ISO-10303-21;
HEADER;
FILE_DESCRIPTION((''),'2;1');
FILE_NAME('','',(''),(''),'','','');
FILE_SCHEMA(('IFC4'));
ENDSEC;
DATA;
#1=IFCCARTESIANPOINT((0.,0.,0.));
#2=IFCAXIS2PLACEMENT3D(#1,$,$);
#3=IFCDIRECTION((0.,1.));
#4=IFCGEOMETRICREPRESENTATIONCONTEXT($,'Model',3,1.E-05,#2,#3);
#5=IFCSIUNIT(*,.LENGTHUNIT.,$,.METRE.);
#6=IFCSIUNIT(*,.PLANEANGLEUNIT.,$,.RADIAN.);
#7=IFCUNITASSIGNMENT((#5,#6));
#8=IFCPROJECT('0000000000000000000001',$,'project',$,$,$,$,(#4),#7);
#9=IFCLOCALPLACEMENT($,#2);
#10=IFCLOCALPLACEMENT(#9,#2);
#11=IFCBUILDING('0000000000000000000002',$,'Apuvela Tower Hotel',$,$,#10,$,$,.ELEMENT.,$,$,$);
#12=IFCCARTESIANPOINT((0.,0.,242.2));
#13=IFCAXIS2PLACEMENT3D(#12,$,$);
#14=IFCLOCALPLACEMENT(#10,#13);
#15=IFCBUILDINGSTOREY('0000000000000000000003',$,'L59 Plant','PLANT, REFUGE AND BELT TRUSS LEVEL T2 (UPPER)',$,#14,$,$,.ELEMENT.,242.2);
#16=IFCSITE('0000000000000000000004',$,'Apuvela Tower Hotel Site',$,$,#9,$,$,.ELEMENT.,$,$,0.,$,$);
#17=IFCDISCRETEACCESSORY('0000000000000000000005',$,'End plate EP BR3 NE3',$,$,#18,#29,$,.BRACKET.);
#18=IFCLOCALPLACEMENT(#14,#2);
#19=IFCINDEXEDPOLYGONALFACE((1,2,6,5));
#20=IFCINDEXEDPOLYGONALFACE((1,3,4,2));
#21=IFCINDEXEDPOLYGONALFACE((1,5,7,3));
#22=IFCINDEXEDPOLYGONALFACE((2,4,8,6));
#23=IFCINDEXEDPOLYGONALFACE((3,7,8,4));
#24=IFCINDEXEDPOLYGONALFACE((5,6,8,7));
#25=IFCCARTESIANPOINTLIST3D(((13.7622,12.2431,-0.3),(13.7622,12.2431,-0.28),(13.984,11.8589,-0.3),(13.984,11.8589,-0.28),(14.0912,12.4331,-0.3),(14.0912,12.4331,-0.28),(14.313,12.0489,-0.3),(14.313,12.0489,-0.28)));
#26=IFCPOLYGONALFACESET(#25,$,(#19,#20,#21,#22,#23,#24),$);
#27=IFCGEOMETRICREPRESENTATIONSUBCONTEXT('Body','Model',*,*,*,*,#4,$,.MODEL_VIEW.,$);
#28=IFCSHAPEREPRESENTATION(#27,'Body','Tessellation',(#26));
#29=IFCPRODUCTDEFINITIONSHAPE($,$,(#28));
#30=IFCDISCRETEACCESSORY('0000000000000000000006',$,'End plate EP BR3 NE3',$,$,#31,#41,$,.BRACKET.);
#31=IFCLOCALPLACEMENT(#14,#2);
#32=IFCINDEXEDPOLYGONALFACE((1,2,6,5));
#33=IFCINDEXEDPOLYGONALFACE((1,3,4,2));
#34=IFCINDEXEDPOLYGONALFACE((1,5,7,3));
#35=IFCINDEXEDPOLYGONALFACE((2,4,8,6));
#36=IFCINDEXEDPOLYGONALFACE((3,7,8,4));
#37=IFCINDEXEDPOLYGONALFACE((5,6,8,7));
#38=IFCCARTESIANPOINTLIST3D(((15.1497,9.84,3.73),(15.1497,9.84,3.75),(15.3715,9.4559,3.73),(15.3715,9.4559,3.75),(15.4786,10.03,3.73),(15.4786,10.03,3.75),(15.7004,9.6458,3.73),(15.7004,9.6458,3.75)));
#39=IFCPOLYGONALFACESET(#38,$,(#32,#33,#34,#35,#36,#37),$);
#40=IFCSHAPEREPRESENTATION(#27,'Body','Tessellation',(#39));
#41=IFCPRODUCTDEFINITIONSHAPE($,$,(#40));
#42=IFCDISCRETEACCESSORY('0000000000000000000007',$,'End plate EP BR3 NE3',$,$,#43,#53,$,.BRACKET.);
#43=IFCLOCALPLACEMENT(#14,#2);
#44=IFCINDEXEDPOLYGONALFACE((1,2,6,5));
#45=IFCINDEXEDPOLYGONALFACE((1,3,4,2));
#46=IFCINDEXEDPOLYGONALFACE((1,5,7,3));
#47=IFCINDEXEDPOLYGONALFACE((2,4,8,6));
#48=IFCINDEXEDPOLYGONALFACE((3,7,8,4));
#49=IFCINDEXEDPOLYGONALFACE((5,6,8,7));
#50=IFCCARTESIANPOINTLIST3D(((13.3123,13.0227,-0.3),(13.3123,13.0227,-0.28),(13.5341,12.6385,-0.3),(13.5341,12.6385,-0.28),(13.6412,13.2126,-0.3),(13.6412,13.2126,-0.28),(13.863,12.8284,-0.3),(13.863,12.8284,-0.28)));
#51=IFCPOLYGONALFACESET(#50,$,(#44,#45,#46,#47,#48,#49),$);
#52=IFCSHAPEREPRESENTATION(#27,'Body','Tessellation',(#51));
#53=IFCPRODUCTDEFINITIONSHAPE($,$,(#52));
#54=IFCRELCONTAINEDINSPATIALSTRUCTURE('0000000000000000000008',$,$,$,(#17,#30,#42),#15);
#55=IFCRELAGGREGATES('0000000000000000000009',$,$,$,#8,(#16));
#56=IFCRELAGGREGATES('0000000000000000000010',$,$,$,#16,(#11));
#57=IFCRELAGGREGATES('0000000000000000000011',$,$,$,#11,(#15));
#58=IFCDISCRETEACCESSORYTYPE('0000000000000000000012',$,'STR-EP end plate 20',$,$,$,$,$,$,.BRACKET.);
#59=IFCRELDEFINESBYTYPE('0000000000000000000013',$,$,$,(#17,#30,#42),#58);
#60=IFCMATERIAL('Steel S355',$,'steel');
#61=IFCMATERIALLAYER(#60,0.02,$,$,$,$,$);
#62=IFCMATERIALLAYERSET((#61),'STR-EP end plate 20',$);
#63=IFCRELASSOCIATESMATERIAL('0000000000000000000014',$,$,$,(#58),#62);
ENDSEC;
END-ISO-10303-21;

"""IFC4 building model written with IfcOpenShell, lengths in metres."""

from ifc_helpers import new_model, si_unit, direction, frame, origin, origin_2d, place, context, subcontext, project, spatial, rectangle, extrude, material, layer, layer_set, type_object, element, save


model = new_model("IFC4")

# Units and contexts
model_context = context("Model", 3, precision=1e-05, world=origin(), true_north=direction((0.0, 1.0)))
body_context = subcontext(model_context, "Body", "Model", "MODEL_VIEW")
ifc_project = project(units=[si_unit("LENGTHUNIT", "METRE"), si_unit("PLANEANGLEUNIT", "RADIAN")], contexts=[model_context])

# Site, building, storey
site_placement = place(None, origin())
site = spatial("IfcSite", under=ifc_project, at=site_placement, Name="Apuvela Tower Hotel Site", CompositionType="ELEMENT", RefElevation=0.0)
building_placement = place(site_placement, origin())
building = spatial("IfcBuilding", under=site, at=building_placement, Name="Apuvela Tower Hotel", CompositionType="ELEMENT")
storey_placement = place(building_placement, frame((0.0, 0.0, 242.2)))
storey = spatial("IfcBuildingStorey", under=building, at=storey_placement, Name="L59 Plant", Description="PLANT, REFUGE AND BELT TRUSS LEVEL T2 (UPPER)", CompositionType="ELEMENT", Elevation=242.2)

# Shared definitions
ifc_material_1 = material(Name="Steel S355", Category="steel")

# Discrete accessories
ifc_layer_1 = layer(ifc_material_1, 0.02)
ifc_layer_set_1 = layer_set([ifc_layer_1], Name="STR-EP end plate 20")
discrete_accessory_type = type_object("IfcDiscreteAccessoryType", Name="STR-EP end plate 20", PredefinedType="BRACKET", material=ifc_layer_set_1)
for number, where, z_axis, x_axis, name in (
    (1, (14.0376, 12.146, -0.3), (0.0, 0.0, 1.0), (0.5, -0.866025, 0.0), "End plate EP BR3 NE3"),
    (2, (15.425, 9.7429, 3.73), (0.0, 0.0, 1.0), (0.5, -0.866025, 0.0), "End plate EP BR3 NE3"),
    (3, (13.5876, 12.9255, -0.3), (0.0, 0.0, 1.0), (-0.5, 0.866025, 0.0), "End plate EP BR3 NE3"),
):
    element("IfcDiscreteAccessory", number, at=place(storey_placement, frame(where, z_axis=z_axis, x_axis=x_axis)), inside=storey, type_object=discrete_accessory_type, Name=name, PredefinedType="BRACKET", context=body_context, shape_type="SweptSolid", body=[
        extrude(rectangle(XDim=0.4436, YDim=0.3799, at=origin_2d()), origin(), (0.0, 0.0, 1.0), 0.02),
    ])

save(model, "model.ifc")
